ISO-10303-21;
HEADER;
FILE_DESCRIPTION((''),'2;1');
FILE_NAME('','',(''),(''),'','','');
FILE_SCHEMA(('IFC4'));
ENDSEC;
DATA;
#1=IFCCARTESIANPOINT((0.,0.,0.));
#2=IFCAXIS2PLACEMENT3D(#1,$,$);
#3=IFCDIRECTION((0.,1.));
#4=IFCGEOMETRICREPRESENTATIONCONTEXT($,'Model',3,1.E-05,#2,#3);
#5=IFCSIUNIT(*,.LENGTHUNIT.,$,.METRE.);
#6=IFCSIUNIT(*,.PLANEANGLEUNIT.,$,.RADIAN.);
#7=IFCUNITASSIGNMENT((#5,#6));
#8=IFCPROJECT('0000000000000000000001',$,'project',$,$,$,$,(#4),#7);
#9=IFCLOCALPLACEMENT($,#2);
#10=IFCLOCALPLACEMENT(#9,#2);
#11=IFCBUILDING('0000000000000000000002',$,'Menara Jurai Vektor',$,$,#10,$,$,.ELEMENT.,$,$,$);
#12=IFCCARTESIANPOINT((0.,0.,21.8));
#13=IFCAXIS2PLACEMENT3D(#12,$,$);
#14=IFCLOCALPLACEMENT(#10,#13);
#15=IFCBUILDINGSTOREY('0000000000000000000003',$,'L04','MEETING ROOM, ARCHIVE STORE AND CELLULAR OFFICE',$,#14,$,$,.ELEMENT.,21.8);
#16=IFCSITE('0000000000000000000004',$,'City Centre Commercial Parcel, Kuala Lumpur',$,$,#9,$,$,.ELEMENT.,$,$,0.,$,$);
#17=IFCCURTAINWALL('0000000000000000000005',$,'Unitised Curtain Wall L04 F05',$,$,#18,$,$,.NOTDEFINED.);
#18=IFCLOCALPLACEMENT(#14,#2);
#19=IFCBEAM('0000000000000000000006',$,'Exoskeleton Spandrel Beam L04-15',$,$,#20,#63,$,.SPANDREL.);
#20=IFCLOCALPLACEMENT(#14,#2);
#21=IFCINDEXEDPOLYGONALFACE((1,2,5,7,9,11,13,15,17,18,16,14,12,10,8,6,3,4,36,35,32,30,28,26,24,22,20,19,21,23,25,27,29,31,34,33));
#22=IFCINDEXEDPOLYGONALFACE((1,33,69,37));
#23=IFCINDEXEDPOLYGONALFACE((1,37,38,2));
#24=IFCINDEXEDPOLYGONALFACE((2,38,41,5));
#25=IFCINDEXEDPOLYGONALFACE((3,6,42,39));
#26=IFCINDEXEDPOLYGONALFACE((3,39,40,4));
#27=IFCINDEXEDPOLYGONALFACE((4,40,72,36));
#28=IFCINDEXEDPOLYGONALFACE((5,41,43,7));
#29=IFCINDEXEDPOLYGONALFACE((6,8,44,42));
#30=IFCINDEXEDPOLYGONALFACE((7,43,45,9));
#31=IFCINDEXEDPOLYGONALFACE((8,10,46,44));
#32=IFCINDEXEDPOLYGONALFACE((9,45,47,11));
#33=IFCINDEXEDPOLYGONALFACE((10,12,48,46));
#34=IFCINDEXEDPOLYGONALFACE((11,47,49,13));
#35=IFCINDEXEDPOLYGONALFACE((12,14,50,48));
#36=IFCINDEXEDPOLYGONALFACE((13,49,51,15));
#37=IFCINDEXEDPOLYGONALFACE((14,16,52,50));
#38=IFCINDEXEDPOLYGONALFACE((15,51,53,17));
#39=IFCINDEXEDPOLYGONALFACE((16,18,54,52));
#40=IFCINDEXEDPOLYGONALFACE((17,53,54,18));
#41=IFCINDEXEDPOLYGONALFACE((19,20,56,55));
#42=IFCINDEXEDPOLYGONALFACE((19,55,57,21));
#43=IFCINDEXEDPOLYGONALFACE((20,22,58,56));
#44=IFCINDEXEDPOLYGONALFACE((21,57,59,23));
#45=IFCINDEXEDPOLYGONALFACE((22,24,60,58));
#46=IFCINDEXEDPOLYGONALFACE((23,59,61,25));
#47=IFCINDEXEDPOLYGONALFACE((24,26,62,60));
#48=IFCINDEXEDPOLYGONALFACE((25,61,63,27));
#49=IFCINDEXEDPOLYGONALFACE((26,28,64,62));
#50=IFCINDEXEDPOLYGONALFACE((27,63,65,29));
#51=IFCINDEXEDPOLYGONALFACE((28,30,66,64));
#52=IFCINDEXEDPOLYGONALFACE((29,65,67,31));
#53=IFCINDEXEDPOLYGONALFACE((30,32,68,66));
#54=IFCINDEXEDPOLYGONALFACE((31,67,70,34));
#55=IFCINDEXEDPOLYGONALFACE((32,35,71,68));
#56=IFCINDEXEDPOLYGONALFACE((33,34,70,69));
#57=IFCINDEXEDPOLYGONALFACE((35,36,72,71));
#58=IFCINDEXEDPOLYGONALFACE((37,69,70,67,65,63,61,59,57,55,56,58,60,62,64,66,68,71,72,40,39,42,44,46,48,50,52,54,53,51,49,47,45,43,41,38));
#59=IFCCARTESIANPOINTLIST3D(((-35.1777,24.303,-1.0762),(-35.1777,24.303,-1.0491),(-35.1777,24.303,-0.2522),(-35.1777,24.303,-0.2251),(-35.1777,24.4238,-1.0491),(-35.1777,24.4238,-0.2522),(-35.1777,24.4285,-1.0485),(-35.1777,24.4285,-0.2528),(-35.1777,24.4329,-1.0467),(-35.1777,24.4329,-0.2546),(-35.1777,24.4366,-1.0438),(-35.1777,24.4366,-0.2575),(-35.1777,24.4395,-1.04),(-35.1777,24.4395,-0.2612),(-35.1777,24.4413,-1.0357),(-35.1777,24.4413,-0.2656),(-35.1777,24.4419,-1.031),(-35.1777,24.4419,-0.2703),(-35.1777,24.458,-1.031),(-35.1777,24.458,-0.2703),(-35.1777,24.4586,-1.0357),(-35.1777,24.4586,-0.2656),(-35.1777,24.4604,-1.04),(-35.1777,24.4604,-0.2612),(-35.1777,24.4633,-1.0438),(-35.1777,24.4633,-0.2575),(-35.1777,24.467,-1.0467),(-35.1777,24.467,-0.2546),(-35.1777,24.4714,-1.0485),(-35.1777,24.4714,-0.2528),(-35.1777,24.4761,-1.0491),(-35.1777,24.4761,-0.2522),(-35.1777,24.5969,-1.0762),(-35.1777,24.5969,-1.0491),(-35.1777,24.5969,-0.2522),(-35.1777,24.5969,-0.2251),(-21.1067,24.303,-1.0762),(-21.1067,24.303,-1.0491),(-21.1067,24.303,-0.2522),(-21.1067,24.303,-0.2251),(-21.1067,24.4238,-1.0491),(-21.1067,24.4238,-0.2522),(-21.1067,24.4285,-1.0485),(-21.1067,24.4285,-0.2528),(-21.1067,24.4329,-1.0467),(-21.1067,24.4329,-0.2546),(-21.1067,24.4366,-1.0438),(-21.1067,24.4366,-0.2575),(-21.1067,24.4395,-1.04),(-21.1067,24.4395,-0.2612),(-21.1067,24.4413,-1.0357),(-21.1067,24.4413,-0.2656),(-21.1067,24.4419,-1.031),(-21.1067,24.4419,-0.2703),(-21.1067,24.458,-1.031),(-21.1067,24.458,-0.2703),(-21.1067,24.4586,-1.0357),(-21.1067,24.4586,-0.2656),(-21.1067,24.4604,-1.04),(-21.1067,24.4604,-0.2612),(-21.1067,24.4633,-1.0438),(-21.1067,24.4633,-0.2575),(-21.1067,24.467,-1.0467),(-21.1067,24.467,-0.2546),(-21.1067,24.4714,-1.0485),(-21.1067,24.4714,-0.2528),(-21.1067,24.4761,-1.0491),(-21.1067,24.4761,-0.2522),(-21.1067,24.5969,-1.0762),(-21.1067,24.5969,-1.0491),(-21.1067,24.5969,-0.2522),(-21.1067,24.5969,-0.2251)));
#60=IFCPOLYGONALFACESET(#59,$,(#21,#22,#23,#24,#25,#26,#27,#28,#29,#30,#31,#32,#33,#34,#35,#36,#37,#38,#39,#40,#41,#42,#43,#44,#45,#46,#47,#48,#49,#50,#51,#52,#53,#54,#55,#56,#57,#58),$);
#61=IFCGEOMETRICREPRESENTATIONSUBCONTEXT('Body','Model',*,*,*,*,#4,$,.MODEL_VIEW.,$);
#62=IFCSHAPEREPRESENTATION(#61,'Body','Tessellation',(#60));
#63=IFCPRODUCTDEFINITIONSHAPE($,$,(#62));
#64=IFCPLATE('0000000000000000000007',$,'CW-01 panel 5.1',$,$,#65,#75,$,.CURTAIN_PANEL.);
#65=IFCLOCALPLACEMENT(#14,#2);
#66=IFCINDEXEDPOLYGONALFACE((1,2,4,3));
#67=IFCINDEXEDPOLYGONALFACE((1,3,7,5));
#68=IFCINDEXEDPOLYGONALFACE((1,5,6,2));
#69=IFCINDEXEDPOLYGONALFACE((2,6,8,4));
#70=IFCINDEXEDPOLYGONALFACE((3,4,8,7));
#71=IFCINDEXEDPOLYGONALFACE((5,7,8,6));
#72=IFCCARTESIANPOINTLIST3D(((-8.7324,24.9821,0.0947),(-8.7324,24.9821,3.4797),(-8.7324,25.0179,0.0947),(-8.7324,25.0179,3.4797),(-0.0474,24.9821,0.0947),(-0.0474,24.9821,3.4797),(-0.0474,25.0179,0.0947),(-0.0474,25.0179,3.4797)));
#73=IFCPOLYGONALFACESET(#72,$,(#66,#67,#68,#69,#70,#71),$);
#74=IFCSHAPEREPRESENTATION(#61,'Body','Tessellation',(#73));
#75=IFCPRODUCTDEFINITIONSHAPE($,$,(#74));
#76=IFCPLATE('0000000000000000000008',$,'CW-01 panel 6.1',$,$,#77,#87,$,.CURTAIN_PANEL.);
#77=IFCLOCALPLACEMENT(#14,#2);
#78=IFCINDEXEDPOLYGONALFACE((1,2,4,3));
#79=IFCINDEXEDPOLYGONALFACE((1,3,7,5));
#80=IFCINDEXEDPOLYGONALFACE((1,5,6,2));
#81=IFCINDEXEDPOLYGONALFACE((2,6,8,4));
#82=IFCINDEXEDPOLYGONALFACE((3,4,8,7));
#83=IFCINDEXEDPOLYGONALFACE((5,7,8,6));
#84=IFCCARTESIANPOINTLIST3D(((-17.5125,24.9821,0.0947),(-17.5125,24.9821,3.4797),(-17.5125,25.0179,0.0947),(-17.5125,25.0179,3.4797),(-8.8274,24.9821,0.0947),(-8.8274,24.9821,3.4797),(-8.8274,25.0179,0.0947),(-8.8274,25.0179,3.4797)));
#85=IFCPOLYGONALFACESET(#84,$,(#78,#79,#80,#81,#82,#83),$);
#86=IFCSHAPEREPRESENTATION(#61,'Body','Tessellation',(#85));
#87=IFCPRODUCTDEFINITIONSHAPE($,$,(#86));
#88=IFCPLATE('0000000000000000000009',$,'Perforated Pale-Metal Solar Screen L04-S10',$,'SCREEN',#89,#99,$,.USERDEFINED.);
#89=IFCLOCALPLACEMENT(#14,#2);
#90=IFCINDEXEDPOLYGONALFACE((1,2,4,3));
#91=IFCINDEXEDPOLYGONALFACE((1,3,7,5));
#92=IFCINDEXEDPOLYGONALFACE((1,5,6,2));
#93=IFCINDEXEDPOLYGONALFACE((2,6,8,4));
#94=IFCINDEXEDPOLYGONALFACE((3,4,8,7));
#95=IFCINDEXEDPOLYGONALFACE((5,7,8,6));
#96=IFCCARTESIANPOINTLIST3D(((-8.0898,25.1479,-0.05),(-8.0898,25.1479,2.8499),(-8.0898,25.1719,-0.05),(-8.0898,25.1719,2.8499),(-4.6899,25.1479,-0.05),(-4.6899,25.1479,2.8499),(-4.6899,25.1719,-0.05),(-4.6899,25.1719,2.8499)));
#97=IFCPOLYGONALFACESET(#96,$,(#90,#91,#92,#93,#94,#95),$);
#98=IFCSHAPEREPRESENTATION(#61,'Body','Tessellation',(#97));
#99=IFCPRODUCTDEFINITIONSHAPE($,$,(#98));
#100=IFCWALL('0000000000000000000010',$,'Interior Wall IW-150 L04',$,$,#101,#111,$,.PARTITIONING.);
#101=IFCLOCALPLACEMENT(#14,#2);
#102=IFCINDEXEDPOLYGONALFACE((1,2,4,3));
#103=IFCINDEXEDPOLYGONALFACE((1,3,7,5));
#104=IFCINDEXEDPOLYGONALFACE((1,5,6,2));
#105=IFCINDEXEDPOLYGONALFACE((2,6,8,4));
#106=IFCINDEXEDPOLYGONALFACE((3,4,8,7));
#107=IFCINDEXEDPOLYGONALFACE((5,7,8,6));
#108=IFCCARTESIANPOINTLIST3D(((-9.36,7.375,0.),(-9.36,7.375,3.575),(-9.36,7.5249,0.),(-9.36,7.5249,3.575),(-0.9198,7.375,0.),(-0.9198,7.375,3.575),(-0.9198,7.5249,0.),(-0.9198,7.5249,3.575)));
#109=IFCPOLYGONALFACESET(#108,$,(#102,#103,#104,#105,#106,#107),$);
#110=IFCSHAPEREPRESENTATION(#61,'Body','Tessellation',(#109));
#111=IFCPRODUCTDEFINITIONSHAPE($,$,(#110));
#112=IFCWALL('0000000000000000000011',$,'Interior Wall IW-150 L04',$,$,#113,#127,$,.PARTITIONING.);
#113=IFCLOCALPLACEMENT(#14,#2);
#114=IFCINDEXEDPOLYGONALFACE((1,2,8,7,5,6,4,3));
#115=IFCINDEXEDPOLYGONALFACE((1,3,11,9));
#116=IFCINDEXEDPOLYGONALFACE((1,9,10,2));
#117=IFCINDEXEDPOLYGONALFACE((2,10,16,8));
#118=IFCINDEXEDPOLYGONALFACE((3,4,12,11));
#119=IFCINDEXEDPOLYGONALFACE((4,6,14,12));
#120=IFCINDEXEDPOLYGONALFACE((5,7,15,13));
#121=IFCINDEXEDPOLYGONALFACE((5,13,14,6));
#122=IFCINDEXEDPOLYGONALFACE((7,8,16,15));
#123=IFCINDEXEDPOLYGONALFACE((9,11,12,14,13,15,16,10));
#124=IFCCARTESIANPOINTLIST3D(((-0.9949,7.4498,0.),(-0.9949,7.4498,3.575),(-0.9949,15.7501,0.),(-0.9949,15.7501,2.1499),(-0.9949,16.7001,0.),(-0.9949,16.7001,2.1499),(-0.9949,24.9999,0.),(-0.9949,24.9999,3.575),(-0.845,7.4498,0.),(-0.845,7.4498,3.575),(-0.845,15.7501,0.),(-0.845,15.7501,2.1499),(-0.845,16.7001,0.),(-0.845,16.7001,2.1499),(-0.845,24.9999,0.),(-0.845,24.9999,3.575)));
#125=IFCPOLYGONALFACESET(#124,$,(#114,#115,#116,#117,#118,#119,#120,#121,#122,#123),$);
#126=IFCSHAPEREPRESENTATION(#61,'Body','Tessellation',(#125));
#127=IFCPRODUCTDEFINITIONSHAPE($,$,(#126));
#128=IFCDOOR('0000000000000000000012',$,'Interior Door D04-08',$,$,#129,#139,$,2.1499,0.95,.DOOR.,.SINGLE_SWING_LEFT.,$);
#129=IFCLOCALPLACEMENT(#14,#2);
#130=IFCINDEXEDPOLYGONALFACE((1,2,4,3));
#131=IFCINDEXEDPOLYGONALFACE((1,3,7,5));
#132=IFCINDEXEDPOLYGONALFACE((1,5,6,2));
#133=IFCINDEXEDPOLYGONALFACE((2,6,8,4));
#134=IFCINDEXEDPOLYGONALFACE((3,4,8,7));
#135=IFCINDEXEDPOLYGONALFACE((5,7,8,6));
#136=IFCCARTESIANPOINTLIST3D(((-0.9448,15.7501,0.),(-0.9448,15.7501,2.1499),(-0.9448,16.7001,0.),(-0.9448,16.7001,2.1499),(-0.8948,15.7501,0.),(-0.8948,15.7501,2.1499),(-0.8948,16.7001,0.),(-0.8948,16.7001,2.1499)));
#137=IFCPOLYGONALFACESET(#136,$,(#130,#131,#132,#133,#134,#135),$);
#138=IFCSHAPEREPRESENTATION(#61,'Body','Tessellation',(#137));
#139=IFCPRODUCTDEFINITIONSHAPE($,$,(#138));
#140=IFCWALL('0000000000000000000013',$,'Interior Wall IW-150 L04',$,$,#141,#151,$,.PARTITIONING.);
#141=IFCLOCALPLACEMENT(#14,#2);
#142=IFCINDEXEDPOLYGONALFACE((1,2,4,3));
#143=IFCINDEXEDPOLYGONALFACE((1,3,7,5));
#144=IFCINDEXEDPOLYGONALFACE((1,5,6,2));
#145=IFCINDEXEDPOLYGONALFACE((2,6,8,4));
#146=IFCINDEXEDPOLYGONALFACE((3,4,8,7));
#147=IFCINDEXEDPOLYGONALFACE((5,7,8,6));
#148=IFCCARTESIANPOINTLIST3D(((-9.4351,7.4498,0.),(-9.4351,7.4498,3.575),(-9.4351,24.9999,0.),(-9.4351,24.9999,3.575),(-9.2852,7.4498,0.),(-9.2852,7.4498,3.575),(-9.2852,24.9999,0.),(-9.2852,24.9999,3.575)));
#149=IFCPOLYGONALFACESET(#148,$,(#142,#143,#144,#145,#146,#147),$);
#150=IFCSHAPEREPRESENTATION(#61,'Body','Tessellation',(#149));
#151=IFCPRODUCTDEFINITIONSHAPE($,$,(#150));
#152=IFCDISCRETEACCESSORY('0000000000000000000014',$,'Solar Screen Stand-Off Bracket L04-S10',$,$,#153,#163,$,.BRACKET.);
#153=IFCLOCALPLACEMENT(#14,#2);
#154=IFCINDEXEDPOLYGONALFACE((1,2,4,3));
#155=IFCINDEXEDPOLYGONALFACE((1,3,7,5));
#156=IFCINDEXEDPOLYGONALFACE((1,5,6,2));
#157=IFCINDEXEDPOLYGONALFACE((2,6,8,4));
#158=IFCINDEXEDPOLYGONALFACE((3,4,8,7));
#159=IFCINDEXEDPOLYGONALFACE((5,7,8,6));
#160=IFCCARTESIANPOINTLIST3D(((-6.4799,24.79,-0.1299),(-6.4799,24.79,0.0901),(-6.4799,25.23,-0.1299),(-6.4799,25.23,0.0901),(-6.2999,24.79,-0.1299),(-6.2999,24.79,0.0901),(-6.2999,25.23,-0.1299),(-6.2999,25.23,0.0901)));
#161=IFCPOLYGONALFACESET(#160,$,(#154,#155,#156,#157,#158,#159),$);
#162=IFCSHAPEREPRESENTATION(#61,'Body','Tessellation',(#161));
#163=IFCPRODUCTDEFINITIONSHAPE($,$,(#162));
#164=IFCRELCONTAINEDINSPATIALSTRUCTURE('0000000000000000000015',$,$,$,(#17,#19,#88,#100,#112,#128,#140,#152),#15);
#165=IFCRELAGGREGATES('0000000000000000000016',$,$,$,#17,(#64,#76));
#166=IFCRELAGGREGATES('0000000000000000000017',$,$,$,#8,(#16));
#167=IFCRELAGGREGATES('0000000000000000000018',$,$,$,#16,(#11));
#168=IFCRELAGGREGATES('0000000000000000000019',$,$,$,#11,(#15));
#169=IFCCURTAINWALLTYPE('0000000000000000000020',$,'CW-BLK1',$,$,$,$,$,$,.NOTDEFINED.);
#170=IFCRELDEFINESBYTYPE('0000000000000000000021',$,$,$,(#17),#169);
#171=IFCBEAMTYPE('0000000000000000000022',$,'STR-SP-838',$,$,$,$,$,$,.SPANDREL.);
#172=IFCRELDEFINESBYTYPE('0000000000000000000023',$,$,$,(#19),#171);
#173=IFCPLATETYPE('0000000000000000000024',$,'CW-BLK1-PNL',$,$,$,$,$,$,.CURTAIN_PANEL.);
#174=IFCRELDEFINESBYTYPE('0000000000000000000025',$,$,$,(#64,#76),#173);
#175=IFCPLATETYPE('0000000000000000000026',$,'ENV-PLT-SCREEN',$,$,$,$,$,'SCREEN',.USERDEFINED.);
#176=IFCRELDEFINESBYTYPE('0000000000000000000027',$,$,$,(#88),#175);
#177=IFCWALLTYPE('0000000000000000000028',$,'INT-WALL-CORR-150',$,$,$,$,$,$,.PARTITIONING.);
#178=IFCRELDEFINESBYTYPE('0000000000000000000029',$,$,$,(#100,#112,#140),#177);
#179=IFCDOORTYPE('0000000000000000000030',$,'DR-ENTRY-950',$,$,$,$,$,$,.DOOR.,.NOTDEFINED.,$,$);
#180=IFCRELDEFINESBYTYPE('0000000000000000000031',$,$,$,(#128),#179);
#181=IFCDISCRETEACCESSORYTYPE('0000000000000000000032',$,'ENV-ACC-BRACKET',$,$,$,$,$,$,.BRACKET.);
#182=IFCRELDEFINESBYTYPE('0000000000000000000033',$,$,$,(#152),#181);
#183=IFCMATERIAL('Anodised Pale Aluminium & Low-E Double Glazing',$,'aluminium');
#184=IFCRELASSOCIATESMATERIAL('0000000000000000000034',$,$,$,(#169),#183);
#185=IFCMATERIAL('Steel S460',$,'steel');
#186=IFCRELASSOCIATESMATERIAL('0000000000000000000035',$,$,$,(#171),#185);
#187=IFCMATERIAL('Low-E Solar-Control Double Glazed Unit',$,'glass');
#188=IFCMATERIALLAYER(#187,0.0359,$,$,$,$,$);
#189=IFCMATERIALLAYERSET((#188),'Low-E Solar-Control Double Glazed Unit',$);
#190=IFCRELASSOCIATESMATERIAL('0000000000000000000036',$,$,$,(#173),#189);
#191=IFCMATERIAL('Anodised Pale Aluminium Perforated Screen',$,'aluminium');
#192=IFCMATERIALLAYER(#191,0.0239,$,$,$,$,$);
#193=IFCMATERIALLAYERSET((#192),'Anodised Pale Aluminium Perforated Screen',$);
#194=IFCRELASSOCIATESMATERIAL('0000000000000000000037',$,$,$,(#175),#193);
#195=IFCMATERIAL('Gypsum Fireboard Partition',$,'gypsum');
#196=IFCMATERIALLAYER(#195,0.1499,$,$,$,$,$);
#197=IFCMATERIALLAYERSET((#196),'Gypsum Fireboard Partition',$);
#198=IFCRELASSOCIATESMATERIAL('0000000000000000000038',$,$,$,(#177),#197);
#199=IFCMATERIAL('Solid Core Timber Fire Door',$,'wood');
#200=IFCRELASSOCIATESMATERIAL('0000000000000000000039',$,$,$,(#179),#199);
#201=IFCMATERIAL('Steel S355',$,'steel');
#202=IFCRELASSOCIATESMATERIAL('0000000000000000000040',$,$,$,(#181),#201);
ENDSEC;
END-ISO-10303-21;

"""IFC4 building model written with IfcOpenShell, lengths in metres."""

from ifc_helpers import new_model, si_unit, direction, frame, frame_2d, origin, origin_2d, place, context, subcontext, project, spatial, rectangle, i_section, extrude, material, layer, layer_set, material_profile, profile_set, type_object, element, fill, aggregate, save


model = new_model("IFC4")

# Units and contexts
model_context = context("Model", 3, precision=1e-05, world=origin(), true_north=direction((0.0, 1.0)))
body_context = subcontext(model_context, "Body", "Model", "MODEL_VIEW")
ifc_project = project(units=[si_unit("LENGTHUNIT", "METRE"), si_unit("PLANEANGLEUNIT", "RADIAN")], contexts=[model_context])

# Site, building, storey
site_placement = place(None, origin())
site = spatial("IfcSite", under=ifc_project, at=site_placement, Name="City Centre Commercial Parcel, Kuala Lumpur", CompositionType="ELEMENT", RefElevation=0.0)
building_placement = place(site_placement, origin())
building = spatial("IfcBuilding", under=site, at=building_placement, Name="Menara Jurai Vektor", CompositionType="ELEMENT")
storey_placement = place(building_placement, frame((0.0, 0.0, 21.8)))
storey = spatial("IfcBuildingStorey", under=building, at=storey_placement, Name="L04", Description="MEETING ROOM, ARCHIVE STORE AND CELLULAR OFFICE", CompositionType="ELEMENT", Elevation=21.8)

# Shared definitions
ifc_material_1 = material(Name="Steel S460", Category="steel")

# Curtain wall
ifc_material_2 = material(Name="Anodised Pale Aluminium & Low-E Double Glazing", Category="aluminium")
curtain_wall_type = type_object("IfcCurtainWallType", Name="CW-BLK1", PredefinedType="NOTDEFINED", material=ifc_material_2)
curtain_wall_placement = place(storey_placement, origin())
curtain_wall = element("IfcCurtainWall", 1, at=curtain_wall_placement, inside=storey, type_object=curtain_wall_type, Name="Unitised Curtain Wall L04 F05", PredefinedType="NOTDEFINED")

# Beam
ifc_material_3 = material(Name="Steel S355", Category="steel")
ifc_material_profile_1 = material_profile(ifc_material_1, i_section(OverallWidth=0.2939, OverallDepth=0.8511, WebThickness=0.0161, FlangeThickness=0.0271, FilletRadius=0.0181, at=origin_2d()), Name="UKB 838x292x226")
ifc_profile_set_1 = profile_set([ifc_material_profile_1], Name="Steel S460")
beam_type_1 = type_object("IfcBeamType", Name="STR-SP-838", PredefinedType="SPANDREL", material=ifc_profile_set_1)
for number, where, z_axis, x_axis, name in (
    (2, (-21.1067, 24.45, -0.6506), (-1.0, 0.0, 0.0), (0.0, -1.0, 0.0), "Exoskeleton Spandrel Beam L04-15"),
):
    element("IfcBeam", number, at=place(storey_placement, frame(where, z_axis=z_axis, x_axis=x_axis)), inside=storey, type_object=beam_type_1, Name=name, PredefinedType="SPANDREL", context=body_context, shape_type="SweptSolid", body=[
        extrude(i_section(OverallWidth=0.2939, OverallDepth=0.8511, WebThickness=0.0161, FlangeThickness=0.0271, FilletRadius=0.0181, at=origin_2d()), origin(), (0.0, 0.0, 1.0), 14.071),
    ])

# Plates
ifc_material_4 = material(Name="Low-E Solar-Control Double Glazed Unit", Category="glass")
ifc_layer_1 = layer(ifc_material_4, 0.0359)
ifc_layer_set_1 = layer_set([ifc_layer_1], Name="Low-E Solar-Control Double Glazed Unit")
plate_type_1 = type_object("IfcPlateType", Name="CW-BLK1-PNL", PredefinedType="CURTAIN_PANEL", material=ifc_layer_set_1)
plate_1_placement = place(storey_placement, frame((-4.3899, 25.0, 0.0947), z_axis=(0.0, 0.0, 1.0), x_axis=(-1.0, 0.0, 0.0)))
plate_1 = element("IfcPlate", 3, at=plate_1_placement, type_object=plate_type_1, Name="CW-01 panel 5.1", PredefinedType="CURTAIN_PANEL", context=body_context, shape_type="SweptSolid", body=[
    extrude(rectangle(XDim=8.6851, YDim=0.0359, at=origin_2d()), origin(), (0.0, 0.0, 1.0), 3.385),
])
plate_2_placement = place(storey_placement, frame((-13.1699, 25.0, 0.0947), z_axis=(0.0, 0.0, 1.0), x_axis=(-1.0, 0.0, 0.0)))
plate_2 = element("IfcPlate", 4, at=plate_2_placement, type_object=plate_type_1, Name="CW-01 panel 6.1", PredefinedType="CURTAIN_PANEL", context=body_context, shape_type="SweptSolid", body=[
    extrude(rectangle(XDim=8.6851, YDim=0.0359, at=origin_2d()), origin(), (0.0, 0.0, 1.0), 3.385),
])
aggregate(curtain_wall, [plate_1, plate_2])
ifc_material_5 = material(Name="Anodised Pale Aluminium Perforated Screen", Category="aluminium")
ifc_layer_2 = layer(ifc_material_5, 0.0239)
ifc_layer_set_2 = layer_set([ifc_layer_2], Name="Anodised Pale Aluminium Perforated Screen")
plate_type_2 = type_object("IfcPlateType", Name="ENV-PLT-SCREEN", ElementType="SCREEN", PredefinedType="USERDEFINED", material=ifc_layer_set_2)
plate_3_placement = place(storey_placement, frame((-6.3899, 25.1599, -0.05), z_axis=(0.0, 0.0, 1.0), x_axis=(-1.0, 0.0, 0.0)))
element("IfcPlate", 5, at=plate_3_placement, inside=storey, type_object=plate_type_2, Name="Perforated Pale-Metal Solar Screen L04-S10", ObjectType="SCREEN", PredefinedType="USERDEFINED", context=body_context, shape_type="SweptSolid", body=[
    extrude(rectangle(XDim=3.3999, YDim=0.0239, at=origin_2d()), origin(), (0.0, 0.0, 1.0), 2.8999),
])

# Wall
ifc_material_6 = material(Name="Gypsum Fireboard Partition", Category="gypsum")
ifc_layer_3 = layer(ifc_material_6, 0.1499)
ifc_layer_set_3 = layer_set([ifc_layer_3], Name="Gypsum Fireboard Partition")
wall_type = type_object("IfcWallType", Name="INT-WALL-CORR-150", PredefinedType="PARTITIONING", material=ifc_layer_set_3)
wall_1_placement = place(storey_placement, frame((-9.3601, 7.45, 0.0), z_axis=(0.0, 0.0, 1.0), x_axis=(1.0, 0.0, 0.0)))
element("IfcWall", 6, at=wall_1_placement, inside=storey, type_object=wall_type, Name="Interior Wall IW-150 L04", PredefinedType="PARTITIONING", context=body_context, shape_type="SweptSolid", body=[
    extrude(rectangle(XDim=8.4402, YDim=0.1499, at=frame_2d((4.2202, 0.0))), origin(), (0.0, 0.0, 1.0), 3.575),
])

# Wall, opening, door
wall_2_placement = place(storey_placement, frame((-0.9199, 7.45, 0.0), z_axis=(0.0, 0.0, 1.0), x_axis=(0.0, 1.0, 0.0)))
wall_2 = element("IfcWall", 7, at=wall_2_placement, inside=storey, type_object=wall_type, Name="Interior Wall IW-150 L04", PredefinedType="PARTITIONING", context=body_context, shape_type="SweptSolid", body=[
    extrude(rectangle(XDim=17.55, YDim=0.1499, at=frame_2d((8.7749, 0.0))), origin(), (0.0, 0.0, 1.0), 3.575),
])
opening_placement = place(wall_2_placement, frame((8.3, 0.0, 0.0)))
opening = element("IfcOpeningElement", 8, at=opening_placement, cuts=wall_2, PredefinedType="OPENING", context=body_context, shape_type="SweptSolid", body=[
    extrude(rectangle(XDim=0.95, YDim=2.1499, at=frame_2d((0.4751, 1.075))), frame((0.0, 0.085, 0.0), z_axis=(0.0, -1.0, 0.0), x_axis=(1.0, 0.0, 0.0)), (0.0, 0.0, 1.0), 0.1699),
])
ifc_material_7 = material(Name="Solid Core Timber Fire Door", Category="wood")
door_type = type_object("IfcDoorType", Name="DR-ENTRY-950", OperationType="NOTDEFINED", PredefinedType="DOOR", material=ifc_material_7)
door_placement = place(opening_placement, origin())
door = element("IfcDoor", 9, at=door_placement, inside=storey, type_object=door_type, Name="Interior Door D04-08", OperationType="SINGLE_SWING_LEFT", OverallHeight=2.1499, OverallWidth=0.95, PredefinedType="DOOR", context=body_context, shape_type="SweptSolid", body=[
    extrude(rectangle(XDim=0.95, YDim=2.1499, at=frame_2d((0.4751, 1.075))), frame((0.0, 0.0249, 0.0), z_axis=(0.0, -1.0, 0.0), x_axis=(1.0, 0.0, 0.0)), (0.0, 0.0, 1.0), 0.05),
])
fill(opening, door)

# Wall
wall_3_placement = place(storey_placement, frame((-9.3601, 7.45, 0.0), z_axis=(0.0, 0.0, 1.0), x_axis=(0.0, 1.0, 0.0)))
element("IfcWall", 10, at=wall_3_placement, inside=storey, type_object=wall_type, Name="Interior Wall IW-150 L04", PredefinedType="PARTITIONING", context=body_context, shape_type="SweptSolid", body=[
    extrude(rectangle(XDim=17.55, YDim=0.1499, at=frame_2d((8.7749, 0.0))), origin(), (0.0, 0.0, 1.0), 3.575),
])

# Discrete accessory
discrete_accessory_type = type_object("IfcDiscreteAccessoryType", Name="ENV-ACC-BRACKET", PredefinedType="BRACKET", material=ifc_material_3)
discrete_accessory_placement = place(storey_placement, frame((-6.3899, 25.01, -0.1299), z_axis=(0.0, 0.0, 1.0), x_axis=(-1.0, 0.0, 0.0)))
element("IfcDiscreteAccessory", 11, at=discrete_accessory_placement, inside=storey, type_object=discrete_accessory_type, Name="Solar Screen Stand-Off Bracket L04-S10", PredefinedType="BRACKET", context=body_context, shape_type="SweptSolid", body=[
    extrude(rectangle(XDim=0.1799, YDim=0.4399, at=origin_2d()), origin(), (0.0, 0.0, 1.0), 0.22),
])

save(model, "model.ifc")
